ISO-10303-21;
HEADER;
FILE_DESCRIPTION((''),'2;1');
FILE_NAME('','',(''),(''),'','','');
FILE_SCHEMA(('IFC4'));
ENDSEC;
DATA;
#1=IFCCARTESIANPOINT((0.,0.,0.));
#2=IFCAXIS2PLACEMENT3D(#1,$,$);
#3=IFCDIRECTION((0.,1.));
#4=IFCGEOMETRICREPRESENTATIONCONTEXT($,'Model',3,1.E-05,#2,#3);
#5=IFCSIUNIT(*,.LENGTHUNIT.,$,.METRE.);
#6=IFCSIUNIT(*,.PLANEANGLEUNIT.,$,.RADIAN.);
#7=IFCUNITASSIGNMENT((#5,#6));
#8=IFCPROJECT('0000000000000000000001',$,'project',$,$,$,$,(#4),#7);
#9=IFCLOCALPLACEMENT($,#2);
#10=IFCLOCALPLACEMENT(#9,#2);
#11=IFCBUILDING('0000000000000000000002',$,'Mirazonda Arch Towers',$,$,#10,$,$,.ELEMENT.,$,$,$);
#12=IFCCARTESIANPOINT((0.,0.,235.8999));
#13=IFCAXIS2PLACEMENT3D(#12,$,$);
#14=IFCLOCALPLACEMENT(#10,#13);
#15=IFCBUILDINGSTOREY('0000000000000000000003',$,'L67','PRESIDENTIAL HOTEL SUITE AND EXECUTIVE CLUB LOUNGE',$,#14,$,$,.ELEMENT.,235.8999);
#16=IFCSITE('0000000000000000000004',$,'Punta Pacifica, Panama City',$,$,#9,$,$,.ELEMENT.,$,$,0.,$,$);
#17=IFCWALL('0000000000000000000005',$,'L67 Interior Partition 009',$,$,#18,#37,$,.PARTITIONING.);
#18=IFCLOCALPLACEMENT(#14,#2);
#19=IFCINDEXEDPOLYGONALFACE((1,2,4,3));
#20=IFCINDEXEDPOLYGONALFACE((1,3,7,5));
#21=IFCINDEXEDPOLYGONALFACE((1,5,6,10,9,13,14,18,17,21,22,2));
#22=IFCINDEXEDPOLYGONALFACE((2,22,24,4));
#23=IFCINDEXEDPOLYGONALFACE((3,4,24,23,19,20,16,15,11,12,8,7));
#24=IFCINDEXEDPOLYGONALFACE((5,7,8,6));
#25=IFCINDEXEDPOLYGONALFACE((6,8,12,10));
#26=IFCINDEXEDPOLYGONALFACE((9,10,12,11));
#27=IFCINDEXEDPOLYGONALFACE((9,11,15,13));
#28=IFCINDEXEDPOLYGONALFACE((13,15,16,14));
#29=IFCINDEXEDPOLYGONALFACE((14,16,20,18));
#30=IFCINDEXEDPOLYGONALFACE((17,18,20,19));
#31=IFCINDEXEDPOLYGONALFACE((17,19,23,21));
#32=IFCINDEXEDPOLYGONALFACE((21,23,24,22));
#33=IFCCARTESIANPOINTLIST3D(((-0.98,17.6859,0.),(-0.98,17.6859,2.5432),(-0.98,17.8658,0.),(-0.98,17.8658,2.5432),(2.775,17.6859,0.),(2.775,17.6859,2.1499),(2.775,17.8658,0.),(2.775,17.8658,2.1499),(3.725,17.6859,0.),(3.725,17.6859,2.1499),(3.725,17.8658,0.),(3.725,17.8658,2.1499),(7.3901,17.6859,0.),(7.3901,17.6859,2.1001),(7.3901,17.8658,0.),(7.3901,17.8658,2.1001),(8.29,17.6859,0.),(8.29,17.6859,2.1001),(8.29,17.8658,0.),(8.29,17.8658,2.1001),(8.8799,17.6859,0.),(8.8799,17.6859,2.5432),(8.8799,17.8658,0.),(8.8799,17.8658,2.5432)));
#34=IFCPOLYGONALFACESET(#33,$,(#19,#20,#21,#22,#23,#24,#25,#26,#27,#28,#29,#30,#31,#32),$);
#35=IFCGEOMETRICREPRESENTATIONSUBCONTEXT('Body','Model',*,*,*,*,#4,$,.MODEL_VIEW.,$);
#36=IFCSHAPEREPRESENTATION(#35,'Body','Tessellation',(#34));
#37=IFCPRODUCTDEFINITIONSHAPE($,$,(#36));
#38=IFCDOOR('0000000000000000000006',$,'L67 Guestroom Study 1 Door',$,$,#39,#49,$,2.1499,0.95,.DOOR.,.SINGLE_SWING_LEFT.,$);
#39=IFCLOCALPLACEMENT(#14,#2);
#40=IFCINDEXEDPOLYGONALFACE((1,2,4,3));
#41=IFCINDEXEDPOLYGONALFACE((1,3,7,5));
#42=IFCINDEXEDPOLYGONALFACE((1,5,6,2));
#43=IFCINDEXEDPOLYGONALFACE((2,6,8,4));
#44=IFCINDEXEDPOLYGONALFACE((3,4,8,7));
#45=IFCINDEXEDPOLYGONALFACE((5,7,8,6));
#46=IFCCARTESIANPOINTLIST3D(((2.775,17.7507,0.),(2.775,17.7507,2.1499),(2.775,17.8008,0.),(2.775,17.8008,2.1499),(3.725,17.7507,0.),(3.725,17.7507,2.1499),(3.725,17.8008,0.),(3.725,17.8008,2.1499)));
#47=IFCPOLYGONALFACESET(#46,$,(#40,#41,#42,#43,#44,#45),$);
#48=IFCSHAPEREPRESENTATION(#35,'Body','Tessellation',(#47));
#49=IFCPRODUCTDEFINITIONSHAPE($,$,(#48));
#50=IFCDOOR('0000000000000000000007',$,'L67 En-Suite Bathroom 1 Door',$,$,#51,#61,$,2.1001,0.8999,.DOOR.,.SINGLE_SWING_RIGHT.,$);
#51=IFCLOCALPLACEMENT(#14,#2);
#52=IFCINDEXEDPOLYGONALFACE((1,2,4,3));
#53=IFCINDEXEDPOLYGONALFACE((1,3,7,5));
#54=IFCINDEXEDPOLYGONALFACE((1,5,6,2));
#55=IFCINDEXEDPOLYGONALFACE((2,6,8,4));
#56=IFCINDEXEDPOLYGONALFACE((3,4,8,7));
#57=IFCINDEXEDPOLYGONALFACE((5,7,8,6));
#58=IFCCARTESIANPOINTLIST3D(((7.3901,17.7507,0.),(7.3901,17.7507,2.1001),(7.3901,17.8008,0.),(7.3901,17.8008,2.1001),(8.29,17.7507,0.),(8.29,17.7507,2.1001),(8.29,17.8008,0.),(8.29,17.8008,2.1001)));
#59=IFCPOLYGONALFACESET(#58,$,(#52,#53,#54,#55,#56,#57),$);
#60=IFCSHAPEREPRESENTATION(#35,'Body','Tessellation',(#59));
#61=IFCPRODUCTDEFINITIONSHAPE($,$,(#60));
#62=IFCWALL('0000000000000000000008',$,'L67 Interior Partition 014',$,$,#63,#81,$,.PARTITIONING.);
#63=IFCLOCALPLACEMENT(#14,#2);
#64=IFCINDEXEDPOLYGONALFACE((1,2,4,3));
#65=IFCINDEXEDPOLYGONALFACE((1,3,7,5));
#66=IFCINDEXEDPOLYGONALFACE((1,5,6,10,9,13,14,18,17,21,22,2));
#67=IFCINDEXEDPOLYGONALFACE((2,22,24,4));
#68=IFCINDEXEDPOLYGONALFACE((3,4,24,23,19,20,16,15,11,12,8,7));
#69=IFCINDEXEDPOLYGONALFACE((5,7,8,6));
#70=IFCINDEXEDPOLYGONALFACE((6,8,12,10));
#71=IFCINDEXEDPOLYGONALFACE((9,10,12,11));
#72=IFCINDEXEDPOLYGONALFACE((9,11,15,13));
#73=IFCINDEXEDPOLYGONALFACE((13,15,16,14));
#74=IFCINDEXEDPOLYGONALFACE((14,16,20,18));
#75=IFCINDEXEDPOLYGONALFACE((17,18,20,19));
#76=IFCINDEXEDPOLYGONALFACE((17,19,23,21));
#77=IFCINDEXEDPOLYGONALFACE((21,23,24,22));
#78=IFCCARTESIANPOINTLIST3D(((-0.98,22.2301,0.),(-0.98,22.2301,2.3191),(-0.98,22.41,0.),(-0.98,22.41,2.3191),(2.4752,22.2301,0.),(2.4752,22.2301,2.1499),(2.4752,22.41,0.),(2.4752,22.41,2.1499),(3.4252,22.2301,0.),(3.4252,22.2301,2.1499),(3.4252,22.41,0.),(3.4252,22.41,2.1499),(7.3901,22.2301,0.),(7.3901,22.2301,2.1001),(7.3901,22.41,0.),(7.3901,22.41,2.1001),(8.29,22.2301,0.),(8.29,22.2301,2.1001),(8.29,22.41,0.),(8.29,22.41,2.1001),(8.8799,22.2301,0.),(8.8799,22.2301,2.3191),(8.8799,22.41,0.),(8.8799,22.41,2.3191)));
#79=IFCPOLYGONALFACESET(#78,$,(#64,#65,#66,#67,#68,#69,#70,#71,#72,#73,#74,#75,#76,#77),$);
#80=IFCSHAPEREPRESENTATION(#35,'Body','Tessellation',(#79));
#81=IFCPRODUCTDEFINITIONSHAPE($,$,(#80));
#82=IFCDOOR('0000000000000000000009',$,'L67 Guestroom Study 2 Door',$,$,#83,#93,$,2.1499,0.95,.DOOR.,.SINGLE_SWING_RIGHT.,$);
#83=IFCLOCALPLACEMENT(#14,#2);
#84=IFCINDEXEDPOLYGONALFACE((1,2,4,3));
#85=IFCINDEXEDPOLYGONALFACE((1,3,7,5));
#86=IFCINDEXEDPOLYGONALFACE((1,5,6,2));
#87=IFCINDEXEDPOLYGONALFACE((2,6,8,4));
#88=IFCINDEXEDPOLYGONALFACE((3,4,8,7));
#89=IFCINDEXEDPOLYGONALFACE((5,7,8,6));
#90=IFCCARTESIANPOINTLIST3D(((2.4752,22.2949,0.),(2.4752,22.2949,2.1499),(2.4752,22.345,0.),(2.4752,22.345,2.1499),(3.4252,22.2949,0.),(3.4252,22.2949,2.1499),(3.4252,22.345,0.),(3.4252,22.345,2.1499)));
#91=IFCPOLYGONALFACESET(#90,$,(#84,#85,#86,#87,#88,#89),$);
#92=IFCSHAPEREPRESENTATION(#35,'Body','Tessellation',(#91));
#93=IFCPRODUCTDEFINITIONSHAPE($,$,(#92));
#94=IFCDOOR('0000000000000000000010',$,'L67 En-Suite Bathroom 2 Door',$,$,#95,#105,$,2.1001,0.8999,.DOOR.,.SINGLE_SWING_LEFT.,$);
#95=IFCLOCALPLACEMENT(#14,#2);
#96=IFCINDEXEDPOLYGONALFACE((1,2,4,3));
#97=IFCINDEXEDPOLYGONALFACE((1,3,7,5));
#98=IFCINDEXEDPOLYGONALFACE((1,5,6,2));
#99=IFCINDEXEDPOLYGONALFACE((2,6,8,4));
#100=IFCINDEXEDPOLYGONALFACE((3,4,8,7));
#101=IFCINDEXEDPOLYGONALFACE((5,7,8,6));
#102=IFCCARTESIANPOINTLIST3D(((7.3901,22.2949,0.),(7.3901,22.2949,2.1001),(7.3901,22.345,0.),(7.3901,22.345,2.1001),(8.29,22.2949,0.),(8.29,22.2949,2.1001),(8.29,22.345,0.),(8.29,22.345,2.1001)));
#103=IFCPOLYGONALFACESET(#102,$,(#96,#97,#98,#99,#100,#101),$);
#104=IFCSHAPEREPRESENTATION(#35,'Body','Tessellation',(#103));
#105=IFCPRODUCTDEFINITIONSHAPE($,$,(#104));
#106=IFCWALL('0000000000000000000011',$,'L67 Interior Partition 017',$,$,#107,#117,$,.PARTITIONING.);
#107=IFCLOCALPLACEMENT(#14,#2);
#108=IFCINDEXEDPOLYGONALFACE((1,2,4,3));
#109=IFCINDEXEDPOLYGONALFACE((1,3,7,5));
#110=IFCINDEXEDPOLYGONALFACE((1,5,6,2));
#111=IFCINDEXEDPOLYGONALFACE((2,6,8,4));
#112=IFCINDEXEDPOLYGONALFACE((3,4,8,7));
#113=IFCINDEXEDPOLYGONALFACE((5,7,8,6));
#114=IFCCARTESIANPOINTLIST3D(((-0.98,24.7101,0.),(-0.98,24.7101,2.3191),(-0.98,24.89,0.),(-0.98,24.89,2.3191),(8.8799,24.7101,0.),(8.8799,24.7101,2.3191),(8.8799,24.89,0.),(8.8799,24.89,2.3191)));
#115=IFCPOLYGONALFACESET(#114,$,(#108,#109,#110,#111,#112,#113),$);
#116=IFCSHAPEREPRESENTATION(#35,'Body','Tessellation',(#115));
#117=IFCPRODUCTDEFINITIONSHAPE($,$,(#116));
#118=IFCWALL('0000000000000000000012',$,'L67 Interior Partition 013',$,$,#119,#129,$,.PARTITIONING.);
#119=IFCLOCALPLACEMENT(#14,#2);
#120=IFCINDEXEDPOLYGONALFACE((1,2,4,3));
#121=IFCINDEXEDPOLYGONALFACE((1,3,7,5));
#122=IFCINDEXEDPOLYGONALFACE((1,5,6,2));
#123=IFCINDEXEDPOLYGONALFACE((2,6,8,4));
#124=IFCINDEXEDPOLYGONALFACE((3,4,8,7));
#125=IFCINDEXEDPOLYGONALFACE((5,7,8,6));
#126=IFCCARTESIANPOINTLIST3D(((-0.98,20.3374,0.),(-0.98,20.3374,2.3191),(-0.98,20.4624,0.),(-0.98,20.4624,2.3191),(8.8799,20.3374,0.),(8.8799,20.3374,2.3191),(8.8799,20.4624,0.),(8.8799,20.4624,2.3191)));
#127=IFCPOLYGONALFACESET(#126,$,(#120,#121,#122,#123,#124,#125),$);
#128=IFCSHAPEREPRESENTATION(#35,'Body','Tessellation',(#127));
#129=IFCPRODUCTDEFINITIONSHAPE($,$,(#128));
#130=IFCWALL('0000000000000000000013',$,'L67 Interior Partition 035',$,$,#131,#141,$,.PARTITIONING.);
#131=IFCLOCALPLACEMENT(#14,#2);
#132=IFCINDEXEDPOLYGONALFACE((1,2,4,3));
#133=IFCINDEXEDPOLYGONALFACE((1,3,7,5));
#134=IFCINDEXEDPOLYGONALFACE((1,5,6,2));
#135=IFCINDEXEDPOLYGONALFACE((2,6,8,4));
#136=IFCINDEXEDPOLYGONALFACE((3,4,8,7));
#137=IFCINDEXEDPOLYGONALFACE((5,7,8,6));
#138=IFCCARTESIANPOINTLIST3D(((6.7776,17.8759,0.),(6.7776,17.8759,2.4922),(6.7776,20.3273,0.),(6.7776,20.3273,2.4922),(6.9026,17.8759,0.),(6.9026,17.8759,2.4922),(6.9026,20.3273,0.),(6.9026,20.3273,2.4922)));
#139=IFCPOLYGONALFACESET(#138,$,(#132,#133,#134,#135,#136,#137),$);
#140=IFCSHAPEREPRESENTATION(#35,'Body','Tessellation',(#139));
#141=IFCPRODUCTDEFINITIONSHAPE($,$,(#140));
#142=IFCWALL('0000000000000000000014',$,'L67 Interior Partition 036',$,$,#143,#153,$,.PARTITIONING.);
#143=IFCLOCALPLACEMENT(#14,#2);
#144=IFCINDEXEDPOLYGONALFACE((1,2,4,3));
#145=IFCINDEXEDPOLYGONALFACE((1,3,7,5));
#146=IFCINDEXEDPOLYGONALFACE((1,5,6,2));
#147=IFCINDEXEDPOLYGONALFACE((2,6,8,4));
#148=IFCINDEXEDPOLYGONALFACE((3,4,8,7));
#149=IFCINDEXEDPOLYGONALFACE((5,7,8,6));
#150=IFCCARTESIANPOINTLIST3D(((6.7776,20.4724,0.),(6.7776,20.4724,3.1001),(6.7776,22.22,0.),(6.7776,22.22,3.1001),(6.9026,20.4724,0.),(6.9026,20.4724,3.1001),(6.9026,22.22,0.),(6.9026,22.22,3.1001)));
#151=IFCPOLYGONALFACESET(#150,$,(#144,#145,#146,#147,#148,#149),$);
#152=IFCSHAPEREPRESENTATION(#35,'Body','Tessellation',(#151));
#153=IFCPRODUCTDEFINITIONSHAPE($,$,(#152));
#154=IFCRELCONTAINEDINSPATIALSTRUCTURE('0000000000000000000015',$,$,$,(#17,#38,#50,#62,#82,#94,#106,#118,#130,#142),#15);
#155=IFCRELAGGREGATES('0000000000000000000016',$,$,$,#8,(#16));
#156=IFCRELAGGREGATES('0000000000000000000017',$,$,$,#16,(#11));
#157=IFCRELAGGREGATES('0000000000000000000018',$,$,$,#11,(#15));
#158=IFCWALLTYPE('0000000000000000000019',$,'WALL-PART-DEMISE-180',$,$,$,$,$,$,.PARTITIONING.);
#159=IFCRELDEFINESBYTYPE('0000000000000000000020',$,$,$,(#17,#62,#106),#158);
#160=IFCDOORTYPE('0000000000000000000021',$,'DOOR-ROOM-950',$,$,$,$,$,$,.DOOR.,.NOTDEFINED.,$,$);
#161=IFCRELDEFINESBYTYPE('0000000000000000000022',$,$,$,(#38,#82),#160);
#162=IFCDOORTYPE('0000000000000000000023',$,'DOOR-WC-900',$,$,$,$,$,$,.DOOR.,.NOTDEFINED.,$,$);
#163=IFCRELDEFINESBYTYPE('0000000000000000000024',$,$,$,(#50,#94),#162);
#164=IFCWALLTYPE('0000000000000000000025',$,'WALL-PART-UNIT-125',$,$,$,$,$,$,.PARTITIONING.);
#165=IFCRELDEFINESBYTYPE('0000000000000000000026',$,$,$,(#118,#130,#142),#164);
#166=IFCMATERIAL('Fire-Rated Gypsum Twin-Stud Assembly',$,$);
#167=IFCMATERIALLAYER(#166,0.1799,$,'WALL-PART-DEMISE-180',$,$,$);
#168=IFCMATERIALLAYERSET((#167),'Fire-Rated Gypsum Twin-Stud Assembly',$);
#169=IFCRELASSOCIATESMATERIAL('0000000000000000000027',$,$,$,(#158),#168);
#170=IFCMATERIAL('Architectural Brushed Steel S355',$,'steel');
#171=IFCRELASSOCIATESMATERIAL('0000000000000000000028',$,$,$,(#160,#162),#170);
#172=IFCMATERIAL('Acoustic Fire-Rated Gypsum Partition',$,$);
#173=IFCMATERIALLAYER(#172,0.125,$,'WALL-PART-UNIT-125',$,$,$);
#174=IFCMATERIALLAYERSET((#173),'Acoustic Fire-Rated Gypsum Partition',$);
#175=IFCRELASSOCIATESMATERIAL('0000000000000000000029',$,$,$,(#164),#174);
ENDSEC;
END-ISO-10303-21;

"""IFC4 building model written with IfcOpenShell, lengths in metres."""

from ifc_helpers import new_model, si_unit, direction, frame, frame_2d, origin, place, context, subcontext, project, spatial, rectangle, extrude, material, layer, layer_set, type_object, element, fill, save


model = new_model("IFC4")

# Units and contexts
model_context = context("Model", 3, precision=1e-05, world=origin(), true_north=direction((0.0, 1.0)))
body_context = subcontext(model_context, "Body", "Model", "MODEL_VIEW")
ifc_project = project(units=[si_unit("LENGTHUNIT", "METRE"), si_unit("PLANEANGLEUNIT", "RADIAN")], contexts=[model_context])

# Site, building, storey
site_placement = place(None, origin())
site = spatial("IfcSite", under=ifc_project, at=site_placement, Name="Punta Pacifica, Panama City", CompositionType="ELEMENT", RefElevation=0.0)
building_placement = place(site_placement, origin())
building = spatial("IfcBuilding", under=site, at=building_placement, Name="Mirazonda Arch Towers", CompositionType="ELEMENT")
storey_placement = place(building_placement, frame((0.0, 0.0, 235.8999)))
storey = spatial("IfcBuildingStorey", under=building, at=storey_placement, Name="L67", Description="PRESIDENTIAL HOTEL SUITE AND EXECUTIVE CLUB LOUNGE", CompositionType="ELEMENT", Elevation=235.8999)

# Walls, openings, doors
ifc_material_1 = material(Name="Fire-Rated Gypsum Twin-Stud Assembly")
ifc_layer_1 = layer(ifc_material_1, 0.1799, Name="WALL-PART-DEMISE-180")
ifc_layer_set_1 = layer_set([ifc_layer_1], Name="Fire-Rated Gypsum Twin-Stud Assembly")
wall_type_1 = type_object("IfcWallType", Name="WALL-PART-DEMISE-180", PredefinedType="PARTITIONING", material=ifc_layer_set_1)
wall_1_placement = place(storey_placement, frame((-0.98, 17.7759, 0.0), z_axis=(0.0, 0.0, 1.0), x_axis=(1.0, 0.0, 0.0)))
wall_1 = element("IfcWall", 1, at=wall_1_placement, inside=storey, type_object=wall_type_1, Name="L67 Interior Partition 009", PredefinedType="PARTITIONING", context=body_context, shape_type="SweptSolid", body=[
    extrude(rectangle(XDim=9.8599, YDim=0.1799, at=frame_2d((4.9299, 0.0))), origin(), (0.0, 0.0, 1.0), 2.5432),
])
opening_1_placement = place(wall_1_placement, frame((3.7549, 0.0, 0.0)))
opening_1 = element("IfcOpeningElement", 2, at=opening_1_placement, cuts=wall_1, PredefinedType="OPENING", context=body_context, shape_type="SweptSolid", body=[
    extrude(rectangle(XDim=0.95, YDim=2.1499, at=frame_2d((0.4751, 1.075))), frame((0.0, 0.0999, 0.0), z_axis=(0.0, -1.0, 0.0), x_axis=(1.0, 0.0, 0.0)), (0.0, 0.0, 1.0), 0.2),
])
opening_2_placement = place(wall_1_placement, frame((8.3701, 0.0, 0.0)))
opening_2 = element("IfcOpeningElement", 3, at=opening_2_placement, cuts=wall_1, PredefinedType="OPENING", context=body_context, shape_type="SweptSolid", body=[
    extrude(rectangle(XDim=0.8999, YDim=2.1001, at=frame_2d((0.45, 1.05))), frame((0.0, 0.0999, 0.0), z_axis=(0.0, -1.0, 0.0), x_axis=(1.0, 0.0, 0.0)), (0.0, 0.0, 1.0), 0.2),
])
ifc_material_2 = material(Name="Architectural Brushed Steel S355", Category="steel")
door_type_1 = type_object("IfcDoorType", Name="DOOR-ROOM-950", OperationType="NOTDEFINED", PredefinedType="DOOR", material=ifc_material_2)
door_1_placement = place(opening_1_placement, origin())
door_1 = element("IfcDoor", 4, at=door_1_placement, inside=storey, type_object=door_type_1, Name="L67 Guestroom Study 1 Door", OperationType="SINGLE_SWING_LEFT", OverallHeight=2.1499, OverallWidth=0.95, PredefinedType="DOOR", context=body_context, shape_type="SweptSolid", body=[
    extrude(rectangle(XDim=0.95, YDim=2.1499, at=frame_2d((0.4751, 1.075))), frame((0.0, 0.0249, 0.0), z_axis=(0.0, -1.0, 0.0), x_axis=(1.0, 0.0, 0.0)), (0.0, 0.0, 1.0), 0.05),
])
fill(opening_1, door_1)
door_type_2 = type_object("IfcDoorType", Name="DOOR-WC-900", OperationType="NOTDEFINED", PredefinedType="DOOR", material=ifc_material_2)
door_2_placement = place(opening_2_placement, origin())
door_2 = element("IfcDoor", 5, at=door_2_placement, inside=storey, type_object=door_type_2, Name="L67 En-Suite Bathroom 1 Door", OperationType="SINGLE_SWING_RIGHT", OverallHeight=2.1001, OverallWidth=0.8999, PredefinedType="DOOR", context=body_context, shape_type="SweptSolid", body=[
    extrude(rectangle(XDim=0.8999, YDim=2.1001, at=frame_2d((0.45, 1.05))), frame((0.0, 0.0249, 0.0), z_axis=(0.0, -1.0, 0.0), x_axis=(1.0, 0.0, 0.0)), (0.0, 0.0, 1.0), 0.05),
])
fill(opening_2, door_2)
wall_2_placement = place(storey_placement, frame((-0.98, 22.3201, 0.0), z_axis=(0.0, 0.0, 1.0), x_axis=(1.0, 0.0, 0.0)))
wall_2 = element("IfcWall", 6, at=wall_2_placement, inside=storey, type_object=wall_type_1, Name="L67 Interior Partition 014", PredefinedType="PARTITIONING", context=body_context, shape_type="SweptSolid", body=[
    extrude(rectangle(XDim=9.8599, YDim=0.1799, at=frame_2d((4.9299, 0.0))), origin(), (0.0, 0.0, 1.0), 2.3191),
])
opening_3_placement = place(wall_2_placement, frame((3.4551, 0.0, 0.0)))
opening_3 = element("IfcOpeningElement", 7, at=opening_3_placement, cuts=wall_2, PredefinedType="OPENING", context=body_context, shape_type="SweptSolid", body=[
    extrude(rectangle(XDim=0.95, YDim=2.1499, at=frame_2d((0.4751, 1.075))), frame((0.0, 0.0999, 0.0), z_axis=(0.0, -1.0, 0.0), x_axis=(1.0, 0.0, 0.0)), (0.0, 0.0, 1.0), 0.2),
])
opening_4_placement = place(wall_2_placement, frame((8.3701, 0.0, 0.0)))
opening_4 = element("IfcOpeningElement", 8, at=opening_4_placement, cuts=wall_2, PredefinedType="OPENING", context=body_context, shape_type="SweptSolid", body=[
    extrude(rectangle(XDim=0.8999, YDim=2.1001, at=frame_2d((0.45, 1.05))), frame((0.0, 0.0999, 0.0), z_axis=(0.0, -1.0, 0.0), x_axis=(1.0, 0.0, 0.0)), (0.0, 0.0, 1.0), 0.2),
])
door_3_placement = place(opening_3_placement, origin())
door_3 = element("IfcDoor", 9, at=door_3_placement, inside=storey, type_object=door_type_1, Name="L67 Guestroom Study 2 Door", OperationType="SINGLE_SWING_RIGHT", OverallHeight=2.1499, OverallWidth=0.95, PredefinedType="DOOR", context=body_context, shape_type="SweptSolid", body=[
    extrude(rectangle(XDim=0.95, YDim=2.1499, at=frame_2d((0.4751, 1.075))), frame((0.0, 0.0249, 0.0), z_axis=(0.0, -1.0, 0.0), x_axis=(1.0, 0.0, 0.0)), (0.0, 0.0, 1.0), 0.05),
])
fill(opening_3, door_3)
door_4_placement = place(opening_4_placement, origin())
door_4 = element("IfcDoor", 10, at=door_4_placement, inside=storey, type_object=door_type_2, Name="L67 En-Suite Bathroom 2 Door", OperationType="SINGLE_SWING_LEFT", OverallHeight=2.1001, OverallWidth=0.8999, PredefinedType="DOOR", context=body_context, shape_type="SweptSolid", body=[
    extrude(rectangle(XDim=0.8999, YDim=2.1001, at=frame_2d((0.45, 1.05))), frame((0.0, 0.0249, 0.0), z_axis=(0.0, -1.0, 0.0), x_axis=(1.0, 0.0, 0.0)), (0.0, 0.0, 1.0), 0.05),
])
fill(opening_4, door_4)

# Walls
wall_3_placement = place(storey_placement, frame((-0.98, 24.8, 0.0), z_axis=(0.0, 0.0, 1.0), x_axis=(1.0, 0.0, 0.0)))
element("IfcWall", 11, at=wall_3_placement, inside=storey, type_object=wall_type_1, Name="L67 Interior Partition 017", PredefinedType="PARTITIONING", context=body_context, shape_type="SweptSolid", body=[
    extrude(rectangle(XDim=9.8599, YDim=0.1799, at=frame_2d((4.9299, 0.0))), origin(), (0.0, 0.0, 1.0), 2.3191),
])
ifc_material_3 = material(Name="Acoustic Fire-Rated Gypsum Partition")
ifc_layer_2 = layer(ifc_material_3, 0.125, Name="WALL-PART-UNIT-125")
ifc_layer_set_2 = layer_set([ifc_layer_2], Name="Acoustic Fire-Rated Gypsum Partition")
wall_type_2 = type_object("IfcWallType", Name="WALL-PART-UNIT-125", PredefinedType="PARTITIONING", material=ifc_layer_set_2)
wall_4_placement = place(storey_placement, frame((-0.98, 20.3999, 0.0), z_axis=(0.0, 0.0, 1.0), x_axis=(1.0, 0.0, 0.0)))
element("IfcWall", 12, at=wall_4_placement, inside=storey, type_object=wall_type_2, Name="L67 Interior Partition 013", PredefinedType="PARTITIONING", context=body_context, shape_type="SweptSolid", body=[
    extrude(rectangle(XDim=9.8599, YDim=0.125, at=frame_2d((4.9299, 0.0))), origin(), (0.0, 0.0, 1.0), 2.3191),
])
wall_5_placement = place(storey_placement, frame((6.8401, 17.876, 0.0), z_axis=(0.0, 0.0, 1.0), x_axis=(0.0, 1.0, 0.0)))
element("IfcWall", 13, at=wall_5_placement, inside=storey, type_object=wall_type_2, Name="L67 Interior Partition 035", PredefinedType="PARTITIONING", context=body_context, shape_type="SweptSolid", body=[
    extrude(rectangle(XDim=2.4514, YDim=0.125, at=frame_2d((1.2256, 0.0))), origin(), (0.0, 0.0, 1.0), 2.4922),
])
wall_6_placement = place(storey_placement, frame((6.8401, 20.4724, 0.0), z_axis=(0.0, 0.0, 1.0), x_axis=(0.0, 1.0, 0.0)))
element("IfcWall", 14, at=wall_6_placement, inside=storey, type_object=wall_type_2, Name="L67 Interior Partition 036", PredefinedType="PARTITIONING", context=body_context, shape_type="SweptSolid", body=[
    extrude(rectangle(XDim=1.7476, YDim=0.125, at=frame_2d((0.8738, 0.0))), origin(), (0.0, 0.0, 1.0), 3.1001),
])

save(model, "model.ifc")
